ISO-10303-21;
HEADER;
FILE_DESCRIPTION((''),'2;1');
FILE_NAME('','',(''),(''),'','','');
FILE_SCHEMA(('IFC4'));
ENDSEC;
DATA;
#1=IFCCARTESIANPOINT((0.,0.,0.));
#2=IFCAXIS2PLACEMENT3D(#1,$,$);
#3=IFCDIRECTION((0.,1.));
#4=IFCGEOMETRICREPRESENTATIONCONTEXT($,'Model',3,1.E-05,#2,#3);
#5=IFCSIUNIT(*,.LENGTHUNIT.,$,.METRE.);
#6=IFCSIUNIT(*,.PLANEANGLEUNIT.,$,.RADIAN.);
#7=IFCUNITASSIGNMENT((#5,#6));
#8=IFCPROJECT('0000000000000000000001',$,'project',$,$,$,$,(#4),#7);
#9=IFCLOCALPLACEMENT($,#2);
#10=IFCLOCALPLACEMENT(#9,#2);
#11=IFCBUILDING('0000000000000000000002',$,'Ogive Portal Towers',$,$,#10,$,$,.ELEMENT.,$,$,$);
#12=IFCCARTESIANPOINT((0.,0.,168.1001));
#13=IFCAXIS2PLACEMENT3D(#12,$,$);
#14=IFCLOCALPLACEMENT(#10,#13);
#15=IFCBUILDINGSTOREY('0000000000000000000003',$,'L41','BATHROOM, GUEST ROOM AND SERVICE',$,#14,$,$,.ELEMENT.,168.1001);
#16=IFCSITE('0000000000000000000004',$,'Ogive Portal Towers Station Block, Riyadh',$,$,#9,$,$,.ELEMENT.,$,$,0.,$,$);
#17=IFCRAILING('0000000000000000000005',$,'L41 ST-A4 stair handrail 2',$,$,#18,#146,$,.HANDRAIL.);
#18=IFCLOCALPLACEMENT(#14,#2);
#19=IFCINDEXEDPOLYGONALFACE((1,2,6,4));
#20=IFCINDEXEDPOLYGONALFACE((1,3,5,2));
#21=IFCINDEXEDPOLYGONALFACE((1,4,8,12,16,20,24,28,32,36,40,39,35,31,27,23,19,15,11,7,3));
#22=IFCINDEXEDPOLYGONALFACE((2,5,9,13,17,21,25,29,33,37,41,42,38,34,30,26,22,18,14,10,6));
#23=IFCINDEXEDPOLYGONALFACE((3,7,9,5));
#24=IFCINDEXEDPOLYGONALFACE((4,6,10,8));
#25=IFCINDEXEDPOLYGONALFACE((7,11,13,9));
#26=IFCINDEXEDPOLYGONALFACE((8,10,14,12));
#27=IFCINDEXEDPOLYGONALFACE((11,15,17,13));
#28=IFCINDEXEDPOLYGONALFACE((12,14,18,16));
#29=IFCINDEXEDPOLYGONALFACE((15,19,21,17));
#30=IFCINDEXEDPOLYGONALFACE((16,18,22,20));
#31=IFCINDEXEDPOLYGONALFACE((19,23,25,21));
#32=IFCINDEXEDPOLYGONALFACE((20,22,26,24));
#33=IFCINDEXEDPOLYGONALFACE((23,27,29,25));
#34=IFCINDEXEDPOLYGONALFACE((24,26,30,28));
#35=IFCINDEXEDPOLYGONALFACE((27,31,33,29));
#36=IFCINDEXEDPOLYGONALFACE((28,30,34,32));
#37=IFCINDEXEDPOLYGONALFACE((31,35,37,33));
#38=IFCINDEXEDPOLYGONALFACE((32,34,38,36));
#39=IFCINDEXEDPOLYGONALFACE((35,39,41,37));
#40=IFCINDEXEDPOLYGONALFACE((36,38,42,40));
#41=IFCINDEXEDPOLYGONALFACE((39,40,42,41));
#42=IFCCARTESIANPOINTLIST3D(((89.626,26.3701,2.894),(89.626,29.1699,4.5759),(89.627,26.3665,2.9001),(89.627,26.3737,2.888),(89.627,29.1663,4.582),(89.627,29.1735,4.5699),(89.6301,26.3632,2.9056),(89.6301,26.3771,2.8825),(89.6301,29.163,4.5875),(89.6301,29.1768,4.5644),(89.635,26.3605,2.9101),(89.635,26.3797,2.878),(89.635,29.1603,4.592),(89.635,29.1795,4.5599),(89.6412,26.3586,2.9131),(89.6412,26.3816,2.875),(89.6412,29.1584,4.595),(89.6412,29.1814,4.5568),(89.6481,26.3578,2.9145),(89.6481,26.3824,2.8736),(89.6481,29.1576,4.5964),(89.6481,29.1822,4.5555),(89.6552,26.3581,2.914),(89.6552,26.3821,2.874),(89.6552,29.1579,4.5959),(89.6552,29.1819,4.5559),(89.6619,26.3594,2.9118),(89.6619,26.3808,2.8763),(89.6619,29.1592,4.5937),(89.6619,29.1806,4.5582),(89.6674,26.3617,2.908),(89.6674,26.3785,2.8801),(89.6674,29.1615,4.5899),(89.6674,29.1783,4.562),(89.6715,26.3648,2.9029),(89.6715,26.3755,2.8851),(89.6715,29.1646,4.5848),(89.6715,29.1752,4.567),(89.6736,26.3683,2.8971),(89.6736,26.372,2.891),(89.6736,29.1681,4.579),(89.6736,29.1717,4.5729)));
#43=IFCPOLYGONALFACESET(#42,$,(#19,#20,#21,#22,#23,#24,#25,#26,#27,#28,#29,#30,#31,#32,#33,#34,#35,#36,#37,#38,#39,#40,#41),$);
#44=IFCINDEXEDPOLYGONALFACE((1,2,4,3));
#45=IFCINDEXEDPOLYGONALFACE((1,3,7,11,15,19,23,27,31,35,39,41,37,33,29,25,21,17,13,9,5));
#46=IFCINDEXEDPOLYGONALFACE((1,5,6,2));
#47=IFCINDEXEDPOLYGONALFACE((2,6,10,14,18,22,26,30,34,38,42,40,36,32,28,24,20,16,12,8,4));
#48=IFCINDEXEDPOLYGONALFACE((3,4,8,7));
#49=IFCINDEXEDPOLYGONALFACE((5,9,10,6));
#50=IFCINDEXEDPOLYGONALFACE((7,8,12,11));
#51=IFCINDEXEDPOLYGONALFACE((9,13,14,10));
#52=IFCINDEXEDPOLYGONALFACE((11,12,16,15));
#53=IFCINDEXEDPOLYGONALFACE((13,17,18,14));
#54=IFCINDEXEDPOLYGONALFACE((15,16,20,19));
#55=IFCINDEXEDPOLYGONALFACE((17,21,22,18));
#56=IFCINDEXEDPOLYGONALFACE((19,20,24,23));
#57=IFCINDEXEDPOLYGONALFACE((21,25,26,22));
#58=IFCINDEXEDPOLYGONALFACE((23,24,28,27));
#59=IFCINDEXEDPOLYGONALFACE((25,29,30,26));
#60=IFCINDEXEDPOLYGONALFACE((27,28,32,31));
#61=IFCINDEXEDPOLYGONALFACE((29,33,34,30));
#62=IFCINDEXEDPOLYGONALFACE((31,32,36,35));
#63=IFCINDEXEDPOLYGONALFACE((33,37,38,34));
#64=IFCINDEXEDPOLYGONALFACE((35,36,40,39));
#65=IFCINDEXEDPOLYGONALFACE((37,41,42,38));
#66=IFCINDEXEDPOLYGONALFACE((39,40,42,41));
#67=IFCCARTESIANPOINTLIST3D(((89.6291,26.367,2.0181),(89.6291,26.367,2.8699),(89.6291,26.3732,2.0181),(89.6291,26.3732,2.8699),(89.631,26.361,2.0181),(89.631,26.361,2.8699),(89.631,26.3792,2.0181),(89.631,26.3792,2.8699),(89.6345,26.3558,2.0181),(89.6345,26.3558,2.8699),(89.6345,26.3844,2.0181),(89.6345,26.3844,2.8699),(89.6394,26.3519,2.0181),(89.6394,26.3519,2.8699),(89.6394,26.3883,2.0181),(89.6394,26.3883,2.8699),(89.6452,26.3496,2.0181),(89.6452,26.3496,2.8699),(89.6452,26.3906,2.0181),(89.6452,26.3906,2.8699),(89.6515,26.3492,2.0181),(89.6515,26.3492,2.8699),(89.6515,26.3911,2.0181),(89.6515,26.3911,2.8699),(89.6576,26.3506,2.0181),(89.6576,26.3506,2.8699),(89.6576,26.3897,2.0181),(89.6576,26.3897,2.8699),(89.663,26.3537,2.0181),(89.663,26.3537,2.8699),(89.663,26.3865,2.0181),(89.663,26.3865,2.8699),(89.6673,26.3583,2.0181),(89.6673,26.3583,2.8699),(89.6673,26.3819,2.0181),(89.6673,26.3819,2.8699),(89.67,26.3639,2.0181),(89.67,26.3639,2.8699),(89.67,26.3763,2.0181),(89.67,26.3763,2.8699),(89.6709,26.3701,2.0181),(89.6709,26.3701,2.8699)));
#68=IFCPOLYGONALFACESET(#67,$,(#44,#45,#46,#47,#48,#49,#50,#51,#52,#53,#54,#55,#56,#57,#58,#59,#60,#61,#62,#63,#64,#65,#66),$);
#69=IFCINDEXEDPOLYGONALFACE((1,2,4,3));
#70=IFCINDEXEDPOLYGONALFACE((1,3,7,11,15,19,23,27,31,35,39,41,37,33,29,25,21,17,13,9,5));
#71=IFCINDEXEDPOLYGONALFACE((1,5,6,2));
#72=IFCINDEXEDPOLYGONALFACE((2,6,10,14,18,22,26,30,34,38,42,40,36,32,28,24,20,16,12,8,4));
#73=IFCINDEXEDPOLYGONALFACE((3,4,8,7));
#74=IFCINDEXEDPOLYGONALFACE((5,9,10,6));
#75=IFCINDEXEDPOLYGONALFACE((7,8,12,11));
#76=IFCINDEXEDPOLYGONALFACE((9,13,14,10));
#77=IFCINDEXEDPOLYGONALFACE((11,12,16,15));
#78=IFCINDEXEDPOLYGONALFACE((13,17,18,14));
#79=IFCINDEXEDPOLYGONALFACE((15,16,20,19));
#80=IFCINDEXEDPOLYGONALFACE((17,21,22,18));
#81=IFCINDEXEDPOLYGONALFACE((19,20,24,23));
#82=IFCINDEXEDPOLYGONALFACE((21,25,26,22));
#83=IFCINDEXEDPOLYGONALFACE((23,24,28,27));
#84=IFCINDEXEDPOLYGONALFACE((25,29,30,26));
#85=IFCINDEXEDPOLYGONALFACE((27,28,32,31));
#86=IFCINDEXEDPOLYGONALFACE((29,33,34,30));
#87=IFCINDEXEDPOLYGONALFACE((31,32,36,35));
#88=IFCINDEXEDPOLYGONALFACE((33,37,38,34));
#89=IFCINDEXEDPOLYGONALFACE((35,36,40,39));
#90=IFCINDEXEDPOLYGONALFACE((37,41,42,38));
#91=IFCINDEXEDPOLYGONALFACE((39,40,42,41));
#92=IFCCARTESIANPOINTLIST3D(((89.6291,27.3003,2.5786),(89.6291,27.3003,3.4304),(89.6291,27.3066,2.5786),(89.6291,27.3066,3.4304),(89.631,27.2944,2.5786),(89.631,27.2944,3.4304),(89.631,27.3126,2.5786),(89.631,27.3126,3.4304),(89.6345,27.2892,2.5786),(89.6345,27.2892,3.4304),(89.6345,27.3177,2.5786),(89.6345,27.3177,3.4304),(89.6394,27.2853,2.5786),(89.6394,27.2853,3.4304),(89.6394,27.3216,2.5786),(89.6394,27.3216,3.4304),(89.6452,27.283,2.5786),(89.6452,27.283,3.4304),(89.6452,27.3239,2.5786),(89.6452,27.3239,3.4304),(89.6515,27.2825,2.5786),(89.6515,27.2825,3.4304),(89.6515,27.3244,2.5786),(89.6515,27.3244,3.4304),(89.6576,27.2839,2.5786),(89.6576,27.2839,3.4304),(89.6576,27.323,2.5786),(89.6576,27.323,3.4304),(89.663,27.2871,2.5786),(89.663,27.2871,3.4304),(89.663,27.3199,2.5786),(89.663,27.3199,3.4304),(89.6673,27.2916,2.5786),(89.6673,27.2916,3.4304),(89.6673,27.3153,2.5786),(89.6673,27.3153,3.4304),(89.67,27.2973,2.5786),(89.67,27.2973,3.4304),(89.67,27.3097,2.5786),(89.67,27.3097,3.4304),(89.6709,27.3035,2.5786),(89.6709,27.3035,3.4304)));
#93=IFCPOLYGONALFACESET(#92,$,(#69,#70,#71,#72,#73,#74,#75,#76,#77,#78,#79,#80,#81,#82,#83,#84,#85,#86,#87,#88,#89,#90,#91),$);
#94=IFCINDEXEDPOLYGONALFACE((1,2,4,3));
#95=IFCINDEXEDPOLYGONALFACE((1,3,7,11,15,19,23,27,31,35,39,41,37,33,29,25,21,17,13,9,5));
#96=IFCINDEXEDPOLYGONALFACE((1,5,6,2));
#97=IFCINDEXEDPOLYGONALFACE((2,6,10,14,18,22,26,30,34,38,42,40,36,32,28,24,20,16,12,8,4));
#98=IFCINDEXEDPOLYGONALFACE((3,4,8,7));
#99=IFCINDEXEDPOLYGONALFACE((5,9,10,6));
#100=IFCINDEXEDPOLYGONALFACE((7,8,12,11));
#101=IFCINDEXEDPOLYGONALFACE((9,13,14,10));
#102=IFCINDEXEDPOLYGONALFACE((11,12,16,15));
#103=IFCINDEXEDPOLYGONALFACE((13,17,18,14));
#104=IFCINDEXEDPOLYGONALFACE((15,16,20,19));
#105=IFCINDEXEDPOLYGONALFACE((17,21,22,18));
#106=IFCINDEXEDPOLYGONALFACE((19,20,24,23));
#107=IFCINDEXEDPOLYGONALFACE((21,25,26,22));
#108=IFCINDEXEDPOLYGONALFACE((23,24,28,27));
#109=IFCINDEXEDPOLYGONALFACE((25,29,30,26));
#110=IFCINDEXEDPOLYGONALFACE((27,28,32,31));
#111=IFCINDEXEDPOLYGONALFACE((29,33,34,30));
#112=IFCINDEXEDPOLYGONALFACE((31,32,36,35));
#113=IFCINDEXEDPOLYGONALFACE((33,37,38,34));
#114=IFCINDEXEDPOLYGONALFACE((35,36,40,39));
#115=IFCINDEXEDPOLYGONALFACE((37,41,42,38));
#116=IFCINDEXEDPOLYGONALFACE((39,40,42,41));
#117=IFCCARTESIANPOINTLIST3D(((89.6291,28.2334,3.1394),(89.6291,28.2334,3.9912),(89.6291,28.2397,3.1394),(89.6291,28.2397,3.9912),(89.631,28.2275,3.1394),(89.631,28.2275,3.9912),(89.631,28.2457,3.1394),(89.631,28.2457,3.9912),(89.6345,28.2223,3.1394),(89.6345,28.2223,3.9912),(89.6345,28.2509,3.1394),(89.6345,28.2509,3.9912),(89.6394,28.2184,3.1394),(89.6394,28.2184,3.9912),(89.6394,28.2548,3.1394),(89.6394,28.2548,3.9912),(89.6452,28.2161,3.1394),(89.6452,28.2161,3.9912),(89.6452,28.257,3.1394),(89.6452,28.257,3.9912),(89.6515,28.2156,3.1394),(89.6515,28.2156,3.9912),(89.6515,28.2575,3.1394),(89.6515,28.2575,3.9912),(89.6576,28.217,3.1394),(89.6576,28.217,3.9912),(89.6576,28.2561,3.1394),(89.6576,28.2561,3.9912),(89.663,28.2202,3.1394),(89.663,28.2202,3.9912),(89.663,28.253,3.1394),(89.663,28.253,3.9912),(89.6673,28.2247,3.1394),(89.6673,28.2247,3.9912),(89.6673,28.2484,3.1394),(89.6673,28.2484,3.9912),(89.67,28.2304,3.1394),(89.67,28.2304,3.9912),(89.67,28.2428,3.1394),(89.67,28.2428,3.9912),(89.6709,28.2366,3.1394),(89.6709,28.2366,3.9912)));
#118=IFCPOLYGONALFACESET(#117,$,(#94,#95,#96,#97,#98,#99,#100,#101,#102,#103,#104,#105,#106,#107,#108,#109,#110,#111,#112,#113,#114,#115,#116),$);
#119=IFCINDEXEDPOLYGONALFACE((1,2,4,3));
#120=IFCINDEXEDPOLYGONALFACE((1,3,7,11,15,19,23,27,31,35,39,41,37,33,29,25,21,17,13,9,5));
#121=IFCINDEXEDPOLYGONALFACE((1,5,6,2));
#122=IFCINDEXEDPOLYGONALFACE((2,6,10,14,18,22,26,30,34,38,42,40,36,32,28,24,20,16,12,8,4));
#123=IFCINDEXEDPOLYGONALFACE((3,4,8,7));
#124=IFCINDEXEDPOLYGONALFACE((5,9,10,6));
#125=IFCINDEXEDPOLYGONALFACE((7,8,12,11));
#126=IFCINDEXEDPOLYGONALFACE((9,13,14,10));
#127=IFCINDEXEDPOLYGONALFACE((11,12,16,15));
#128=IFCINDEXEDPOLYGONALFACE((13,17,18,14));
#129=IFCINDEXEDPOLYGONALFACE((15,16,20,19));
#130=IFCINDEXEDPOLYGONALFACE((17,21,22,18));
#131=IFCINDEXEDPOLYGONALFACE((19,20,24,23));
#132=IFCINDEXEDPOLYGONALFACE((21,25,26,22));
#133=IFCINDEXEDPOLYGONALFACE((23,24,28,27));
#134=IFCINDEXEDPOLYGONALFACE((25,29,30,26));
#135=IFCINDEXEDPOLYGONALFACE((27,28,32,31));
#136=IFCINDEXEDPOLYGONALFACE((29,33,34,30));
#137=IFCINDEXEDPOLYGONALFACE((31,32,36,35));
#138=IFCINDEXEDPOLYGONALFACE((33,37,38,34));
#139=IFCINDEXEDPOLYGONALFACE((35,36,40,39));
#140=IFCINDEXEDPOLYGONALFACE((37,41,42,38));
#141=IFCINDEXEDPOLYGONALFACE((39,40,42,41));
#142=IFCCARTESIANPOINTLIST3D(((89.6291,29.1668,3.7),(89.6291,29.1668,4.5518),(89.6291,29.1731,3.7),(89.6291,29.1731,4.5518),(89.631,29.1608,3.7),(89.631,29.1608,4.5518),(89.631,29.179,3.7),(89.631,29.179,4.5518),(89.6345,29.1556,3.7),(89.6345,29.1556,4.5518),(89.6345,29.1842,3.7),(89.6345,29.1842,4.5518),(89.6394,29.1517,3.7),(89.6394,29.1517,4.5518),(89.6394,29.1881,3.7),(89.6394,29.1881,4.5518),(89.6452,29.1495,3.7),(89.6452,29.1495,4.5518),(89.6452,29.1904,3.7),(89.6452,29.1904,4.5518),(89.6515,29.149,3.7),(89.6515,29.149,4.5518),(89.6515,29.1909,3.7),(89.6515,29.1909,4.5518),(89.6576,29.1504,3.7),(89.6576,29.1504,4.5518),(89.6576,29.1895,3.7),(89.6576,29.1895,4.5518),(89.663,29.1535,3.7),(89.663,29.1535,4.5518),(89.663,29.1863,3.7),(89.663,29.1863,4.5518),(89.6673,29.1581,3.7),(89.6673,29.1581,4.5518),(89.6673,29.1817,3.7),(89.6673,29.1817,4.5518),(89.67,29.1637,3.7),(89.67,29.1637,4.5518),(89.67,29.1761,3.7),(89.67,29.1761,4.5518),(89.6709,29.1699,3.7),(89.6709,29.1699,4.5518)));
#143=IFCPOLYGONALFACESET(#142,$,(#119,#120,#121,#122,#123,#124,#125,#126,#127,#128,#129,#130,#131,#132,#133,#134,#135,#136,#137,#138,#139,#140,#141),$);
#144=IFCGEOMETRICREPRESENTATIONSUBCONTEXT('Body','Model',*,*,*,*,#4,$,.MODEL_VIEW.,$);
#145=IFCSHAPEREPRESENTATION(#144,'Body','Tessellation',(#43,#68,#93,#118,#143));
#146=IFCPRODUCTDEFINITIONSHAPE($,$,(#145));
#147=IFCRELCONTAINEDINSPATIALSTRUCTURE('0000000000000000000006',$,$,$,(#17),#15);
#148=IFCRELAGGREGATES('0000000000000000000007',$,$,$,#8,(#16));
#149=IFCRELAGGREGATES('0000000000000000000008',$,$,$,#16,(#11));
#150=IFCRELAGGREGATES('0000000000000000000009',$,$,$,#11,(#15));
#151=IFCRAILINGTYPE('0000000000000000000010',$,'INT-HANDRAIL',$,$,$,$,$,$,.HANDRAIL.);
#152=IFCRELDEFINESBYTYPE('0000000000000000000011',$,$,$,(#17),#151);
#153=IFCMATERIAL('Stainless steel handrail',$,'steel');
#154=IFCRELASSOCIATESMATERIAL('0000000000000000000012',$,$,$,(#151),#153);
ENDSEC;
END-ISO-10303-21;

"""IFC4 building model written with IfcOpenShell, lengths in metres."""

from ifc_helpers import new_model, si_unit, direction, frame, origin, origin_2d, place, context, subcontext, project, spatial, circle, extrude, material, type_object, element, save


model = new_model("IFC4")

# Units and contexts
model_context = context("Model", 3, precision=1e-05, world=origin(), true_north=direction((0.0, 1.0)))
body_context = subcontext(model_context, "Body", "Model", "MODEL_VIEW")
ifc_project = project(units=[si_unit("LENGTHUNIT", "METRE"), si_unit("PLANEANGLEUNIT", "RADIAN")], contexts=[model_context])

# Site, building, storey
site_placement = place(None, origin())
site = spatial("IfcSite", under=ifc_project, at=site_placement, Name="Ogive Portal Towers Station Block, Riyadh", CompositionType="ELEMENT", RefElevation=0.0)
building_placement = place(site_placement, origin())
building = spatial("IfcBuilding", under=site, at=building_placement, Name="Ogive Portal Towers", CompositionType="ELEMENT")
storey_placement = place(building_placement, frame((0.0, 0.0, 168.1001)))
storey = spatial("IfcBuildingStorey", under=building, at=storey_placement, Name="L41", Description="BATHROOM, GUEST ROOM AND SERVICE", CompositionType="ELEMENT", Elevation=168.1001)

# Railing
ifc_material_1 = material(Name="Stainless steel handrail", Category="steel")
railing_type_1 = type_object("IfcRailingType", Name="INT-HANDRAIL", PredefinedType="HANDRAIL", material=ifc_material_1)
railing_1_placement = place(storey_placement, frame((89.6499, 26.3701, 2.0181)))
element("IfcRailing", 1, at=railing_1_placement, inside=storey, type_object=railing_type_1, Name="L41 ST-A4 stair handrail 2", PredefinedType="HANDRAIL", context=body_context, shape_type="SweptSolid", body=[
    extrude(circle(Radius=0.0239, at=origin_2d()), frame((0.0, 0.0, 0.876), z_axis=(0.0, 0.857222, 0.514946), x_axis=(-1.0, 0.0, 0.0)), (0.0, 0.0, 1.0), 3.2661),
    extrude(circle(Radius=0.021, at=origin_2d()), origin(), (0.0, 0.0, 1.0), 0.8518),
    extrude(circle(Radius=0.021, at=origin_2d()), frame((0.0, 0.9333, 0.5605)), (0.0, 0.0, 1.0), 0.8518),
    extrude(circle(Radius=0.021, at=origin_2d()), frame((0.0, 1.8665, 1.1213)), (0.0, 0.0, 1.0), 0.8518),
    extrude(circle(Radius=0.021, at=origin_2d()), frame((0.0, 2.7998, 1.6819)), (0.0, 0.0, 1.0), 0.8518),
])

save(model, "model.ifc")
